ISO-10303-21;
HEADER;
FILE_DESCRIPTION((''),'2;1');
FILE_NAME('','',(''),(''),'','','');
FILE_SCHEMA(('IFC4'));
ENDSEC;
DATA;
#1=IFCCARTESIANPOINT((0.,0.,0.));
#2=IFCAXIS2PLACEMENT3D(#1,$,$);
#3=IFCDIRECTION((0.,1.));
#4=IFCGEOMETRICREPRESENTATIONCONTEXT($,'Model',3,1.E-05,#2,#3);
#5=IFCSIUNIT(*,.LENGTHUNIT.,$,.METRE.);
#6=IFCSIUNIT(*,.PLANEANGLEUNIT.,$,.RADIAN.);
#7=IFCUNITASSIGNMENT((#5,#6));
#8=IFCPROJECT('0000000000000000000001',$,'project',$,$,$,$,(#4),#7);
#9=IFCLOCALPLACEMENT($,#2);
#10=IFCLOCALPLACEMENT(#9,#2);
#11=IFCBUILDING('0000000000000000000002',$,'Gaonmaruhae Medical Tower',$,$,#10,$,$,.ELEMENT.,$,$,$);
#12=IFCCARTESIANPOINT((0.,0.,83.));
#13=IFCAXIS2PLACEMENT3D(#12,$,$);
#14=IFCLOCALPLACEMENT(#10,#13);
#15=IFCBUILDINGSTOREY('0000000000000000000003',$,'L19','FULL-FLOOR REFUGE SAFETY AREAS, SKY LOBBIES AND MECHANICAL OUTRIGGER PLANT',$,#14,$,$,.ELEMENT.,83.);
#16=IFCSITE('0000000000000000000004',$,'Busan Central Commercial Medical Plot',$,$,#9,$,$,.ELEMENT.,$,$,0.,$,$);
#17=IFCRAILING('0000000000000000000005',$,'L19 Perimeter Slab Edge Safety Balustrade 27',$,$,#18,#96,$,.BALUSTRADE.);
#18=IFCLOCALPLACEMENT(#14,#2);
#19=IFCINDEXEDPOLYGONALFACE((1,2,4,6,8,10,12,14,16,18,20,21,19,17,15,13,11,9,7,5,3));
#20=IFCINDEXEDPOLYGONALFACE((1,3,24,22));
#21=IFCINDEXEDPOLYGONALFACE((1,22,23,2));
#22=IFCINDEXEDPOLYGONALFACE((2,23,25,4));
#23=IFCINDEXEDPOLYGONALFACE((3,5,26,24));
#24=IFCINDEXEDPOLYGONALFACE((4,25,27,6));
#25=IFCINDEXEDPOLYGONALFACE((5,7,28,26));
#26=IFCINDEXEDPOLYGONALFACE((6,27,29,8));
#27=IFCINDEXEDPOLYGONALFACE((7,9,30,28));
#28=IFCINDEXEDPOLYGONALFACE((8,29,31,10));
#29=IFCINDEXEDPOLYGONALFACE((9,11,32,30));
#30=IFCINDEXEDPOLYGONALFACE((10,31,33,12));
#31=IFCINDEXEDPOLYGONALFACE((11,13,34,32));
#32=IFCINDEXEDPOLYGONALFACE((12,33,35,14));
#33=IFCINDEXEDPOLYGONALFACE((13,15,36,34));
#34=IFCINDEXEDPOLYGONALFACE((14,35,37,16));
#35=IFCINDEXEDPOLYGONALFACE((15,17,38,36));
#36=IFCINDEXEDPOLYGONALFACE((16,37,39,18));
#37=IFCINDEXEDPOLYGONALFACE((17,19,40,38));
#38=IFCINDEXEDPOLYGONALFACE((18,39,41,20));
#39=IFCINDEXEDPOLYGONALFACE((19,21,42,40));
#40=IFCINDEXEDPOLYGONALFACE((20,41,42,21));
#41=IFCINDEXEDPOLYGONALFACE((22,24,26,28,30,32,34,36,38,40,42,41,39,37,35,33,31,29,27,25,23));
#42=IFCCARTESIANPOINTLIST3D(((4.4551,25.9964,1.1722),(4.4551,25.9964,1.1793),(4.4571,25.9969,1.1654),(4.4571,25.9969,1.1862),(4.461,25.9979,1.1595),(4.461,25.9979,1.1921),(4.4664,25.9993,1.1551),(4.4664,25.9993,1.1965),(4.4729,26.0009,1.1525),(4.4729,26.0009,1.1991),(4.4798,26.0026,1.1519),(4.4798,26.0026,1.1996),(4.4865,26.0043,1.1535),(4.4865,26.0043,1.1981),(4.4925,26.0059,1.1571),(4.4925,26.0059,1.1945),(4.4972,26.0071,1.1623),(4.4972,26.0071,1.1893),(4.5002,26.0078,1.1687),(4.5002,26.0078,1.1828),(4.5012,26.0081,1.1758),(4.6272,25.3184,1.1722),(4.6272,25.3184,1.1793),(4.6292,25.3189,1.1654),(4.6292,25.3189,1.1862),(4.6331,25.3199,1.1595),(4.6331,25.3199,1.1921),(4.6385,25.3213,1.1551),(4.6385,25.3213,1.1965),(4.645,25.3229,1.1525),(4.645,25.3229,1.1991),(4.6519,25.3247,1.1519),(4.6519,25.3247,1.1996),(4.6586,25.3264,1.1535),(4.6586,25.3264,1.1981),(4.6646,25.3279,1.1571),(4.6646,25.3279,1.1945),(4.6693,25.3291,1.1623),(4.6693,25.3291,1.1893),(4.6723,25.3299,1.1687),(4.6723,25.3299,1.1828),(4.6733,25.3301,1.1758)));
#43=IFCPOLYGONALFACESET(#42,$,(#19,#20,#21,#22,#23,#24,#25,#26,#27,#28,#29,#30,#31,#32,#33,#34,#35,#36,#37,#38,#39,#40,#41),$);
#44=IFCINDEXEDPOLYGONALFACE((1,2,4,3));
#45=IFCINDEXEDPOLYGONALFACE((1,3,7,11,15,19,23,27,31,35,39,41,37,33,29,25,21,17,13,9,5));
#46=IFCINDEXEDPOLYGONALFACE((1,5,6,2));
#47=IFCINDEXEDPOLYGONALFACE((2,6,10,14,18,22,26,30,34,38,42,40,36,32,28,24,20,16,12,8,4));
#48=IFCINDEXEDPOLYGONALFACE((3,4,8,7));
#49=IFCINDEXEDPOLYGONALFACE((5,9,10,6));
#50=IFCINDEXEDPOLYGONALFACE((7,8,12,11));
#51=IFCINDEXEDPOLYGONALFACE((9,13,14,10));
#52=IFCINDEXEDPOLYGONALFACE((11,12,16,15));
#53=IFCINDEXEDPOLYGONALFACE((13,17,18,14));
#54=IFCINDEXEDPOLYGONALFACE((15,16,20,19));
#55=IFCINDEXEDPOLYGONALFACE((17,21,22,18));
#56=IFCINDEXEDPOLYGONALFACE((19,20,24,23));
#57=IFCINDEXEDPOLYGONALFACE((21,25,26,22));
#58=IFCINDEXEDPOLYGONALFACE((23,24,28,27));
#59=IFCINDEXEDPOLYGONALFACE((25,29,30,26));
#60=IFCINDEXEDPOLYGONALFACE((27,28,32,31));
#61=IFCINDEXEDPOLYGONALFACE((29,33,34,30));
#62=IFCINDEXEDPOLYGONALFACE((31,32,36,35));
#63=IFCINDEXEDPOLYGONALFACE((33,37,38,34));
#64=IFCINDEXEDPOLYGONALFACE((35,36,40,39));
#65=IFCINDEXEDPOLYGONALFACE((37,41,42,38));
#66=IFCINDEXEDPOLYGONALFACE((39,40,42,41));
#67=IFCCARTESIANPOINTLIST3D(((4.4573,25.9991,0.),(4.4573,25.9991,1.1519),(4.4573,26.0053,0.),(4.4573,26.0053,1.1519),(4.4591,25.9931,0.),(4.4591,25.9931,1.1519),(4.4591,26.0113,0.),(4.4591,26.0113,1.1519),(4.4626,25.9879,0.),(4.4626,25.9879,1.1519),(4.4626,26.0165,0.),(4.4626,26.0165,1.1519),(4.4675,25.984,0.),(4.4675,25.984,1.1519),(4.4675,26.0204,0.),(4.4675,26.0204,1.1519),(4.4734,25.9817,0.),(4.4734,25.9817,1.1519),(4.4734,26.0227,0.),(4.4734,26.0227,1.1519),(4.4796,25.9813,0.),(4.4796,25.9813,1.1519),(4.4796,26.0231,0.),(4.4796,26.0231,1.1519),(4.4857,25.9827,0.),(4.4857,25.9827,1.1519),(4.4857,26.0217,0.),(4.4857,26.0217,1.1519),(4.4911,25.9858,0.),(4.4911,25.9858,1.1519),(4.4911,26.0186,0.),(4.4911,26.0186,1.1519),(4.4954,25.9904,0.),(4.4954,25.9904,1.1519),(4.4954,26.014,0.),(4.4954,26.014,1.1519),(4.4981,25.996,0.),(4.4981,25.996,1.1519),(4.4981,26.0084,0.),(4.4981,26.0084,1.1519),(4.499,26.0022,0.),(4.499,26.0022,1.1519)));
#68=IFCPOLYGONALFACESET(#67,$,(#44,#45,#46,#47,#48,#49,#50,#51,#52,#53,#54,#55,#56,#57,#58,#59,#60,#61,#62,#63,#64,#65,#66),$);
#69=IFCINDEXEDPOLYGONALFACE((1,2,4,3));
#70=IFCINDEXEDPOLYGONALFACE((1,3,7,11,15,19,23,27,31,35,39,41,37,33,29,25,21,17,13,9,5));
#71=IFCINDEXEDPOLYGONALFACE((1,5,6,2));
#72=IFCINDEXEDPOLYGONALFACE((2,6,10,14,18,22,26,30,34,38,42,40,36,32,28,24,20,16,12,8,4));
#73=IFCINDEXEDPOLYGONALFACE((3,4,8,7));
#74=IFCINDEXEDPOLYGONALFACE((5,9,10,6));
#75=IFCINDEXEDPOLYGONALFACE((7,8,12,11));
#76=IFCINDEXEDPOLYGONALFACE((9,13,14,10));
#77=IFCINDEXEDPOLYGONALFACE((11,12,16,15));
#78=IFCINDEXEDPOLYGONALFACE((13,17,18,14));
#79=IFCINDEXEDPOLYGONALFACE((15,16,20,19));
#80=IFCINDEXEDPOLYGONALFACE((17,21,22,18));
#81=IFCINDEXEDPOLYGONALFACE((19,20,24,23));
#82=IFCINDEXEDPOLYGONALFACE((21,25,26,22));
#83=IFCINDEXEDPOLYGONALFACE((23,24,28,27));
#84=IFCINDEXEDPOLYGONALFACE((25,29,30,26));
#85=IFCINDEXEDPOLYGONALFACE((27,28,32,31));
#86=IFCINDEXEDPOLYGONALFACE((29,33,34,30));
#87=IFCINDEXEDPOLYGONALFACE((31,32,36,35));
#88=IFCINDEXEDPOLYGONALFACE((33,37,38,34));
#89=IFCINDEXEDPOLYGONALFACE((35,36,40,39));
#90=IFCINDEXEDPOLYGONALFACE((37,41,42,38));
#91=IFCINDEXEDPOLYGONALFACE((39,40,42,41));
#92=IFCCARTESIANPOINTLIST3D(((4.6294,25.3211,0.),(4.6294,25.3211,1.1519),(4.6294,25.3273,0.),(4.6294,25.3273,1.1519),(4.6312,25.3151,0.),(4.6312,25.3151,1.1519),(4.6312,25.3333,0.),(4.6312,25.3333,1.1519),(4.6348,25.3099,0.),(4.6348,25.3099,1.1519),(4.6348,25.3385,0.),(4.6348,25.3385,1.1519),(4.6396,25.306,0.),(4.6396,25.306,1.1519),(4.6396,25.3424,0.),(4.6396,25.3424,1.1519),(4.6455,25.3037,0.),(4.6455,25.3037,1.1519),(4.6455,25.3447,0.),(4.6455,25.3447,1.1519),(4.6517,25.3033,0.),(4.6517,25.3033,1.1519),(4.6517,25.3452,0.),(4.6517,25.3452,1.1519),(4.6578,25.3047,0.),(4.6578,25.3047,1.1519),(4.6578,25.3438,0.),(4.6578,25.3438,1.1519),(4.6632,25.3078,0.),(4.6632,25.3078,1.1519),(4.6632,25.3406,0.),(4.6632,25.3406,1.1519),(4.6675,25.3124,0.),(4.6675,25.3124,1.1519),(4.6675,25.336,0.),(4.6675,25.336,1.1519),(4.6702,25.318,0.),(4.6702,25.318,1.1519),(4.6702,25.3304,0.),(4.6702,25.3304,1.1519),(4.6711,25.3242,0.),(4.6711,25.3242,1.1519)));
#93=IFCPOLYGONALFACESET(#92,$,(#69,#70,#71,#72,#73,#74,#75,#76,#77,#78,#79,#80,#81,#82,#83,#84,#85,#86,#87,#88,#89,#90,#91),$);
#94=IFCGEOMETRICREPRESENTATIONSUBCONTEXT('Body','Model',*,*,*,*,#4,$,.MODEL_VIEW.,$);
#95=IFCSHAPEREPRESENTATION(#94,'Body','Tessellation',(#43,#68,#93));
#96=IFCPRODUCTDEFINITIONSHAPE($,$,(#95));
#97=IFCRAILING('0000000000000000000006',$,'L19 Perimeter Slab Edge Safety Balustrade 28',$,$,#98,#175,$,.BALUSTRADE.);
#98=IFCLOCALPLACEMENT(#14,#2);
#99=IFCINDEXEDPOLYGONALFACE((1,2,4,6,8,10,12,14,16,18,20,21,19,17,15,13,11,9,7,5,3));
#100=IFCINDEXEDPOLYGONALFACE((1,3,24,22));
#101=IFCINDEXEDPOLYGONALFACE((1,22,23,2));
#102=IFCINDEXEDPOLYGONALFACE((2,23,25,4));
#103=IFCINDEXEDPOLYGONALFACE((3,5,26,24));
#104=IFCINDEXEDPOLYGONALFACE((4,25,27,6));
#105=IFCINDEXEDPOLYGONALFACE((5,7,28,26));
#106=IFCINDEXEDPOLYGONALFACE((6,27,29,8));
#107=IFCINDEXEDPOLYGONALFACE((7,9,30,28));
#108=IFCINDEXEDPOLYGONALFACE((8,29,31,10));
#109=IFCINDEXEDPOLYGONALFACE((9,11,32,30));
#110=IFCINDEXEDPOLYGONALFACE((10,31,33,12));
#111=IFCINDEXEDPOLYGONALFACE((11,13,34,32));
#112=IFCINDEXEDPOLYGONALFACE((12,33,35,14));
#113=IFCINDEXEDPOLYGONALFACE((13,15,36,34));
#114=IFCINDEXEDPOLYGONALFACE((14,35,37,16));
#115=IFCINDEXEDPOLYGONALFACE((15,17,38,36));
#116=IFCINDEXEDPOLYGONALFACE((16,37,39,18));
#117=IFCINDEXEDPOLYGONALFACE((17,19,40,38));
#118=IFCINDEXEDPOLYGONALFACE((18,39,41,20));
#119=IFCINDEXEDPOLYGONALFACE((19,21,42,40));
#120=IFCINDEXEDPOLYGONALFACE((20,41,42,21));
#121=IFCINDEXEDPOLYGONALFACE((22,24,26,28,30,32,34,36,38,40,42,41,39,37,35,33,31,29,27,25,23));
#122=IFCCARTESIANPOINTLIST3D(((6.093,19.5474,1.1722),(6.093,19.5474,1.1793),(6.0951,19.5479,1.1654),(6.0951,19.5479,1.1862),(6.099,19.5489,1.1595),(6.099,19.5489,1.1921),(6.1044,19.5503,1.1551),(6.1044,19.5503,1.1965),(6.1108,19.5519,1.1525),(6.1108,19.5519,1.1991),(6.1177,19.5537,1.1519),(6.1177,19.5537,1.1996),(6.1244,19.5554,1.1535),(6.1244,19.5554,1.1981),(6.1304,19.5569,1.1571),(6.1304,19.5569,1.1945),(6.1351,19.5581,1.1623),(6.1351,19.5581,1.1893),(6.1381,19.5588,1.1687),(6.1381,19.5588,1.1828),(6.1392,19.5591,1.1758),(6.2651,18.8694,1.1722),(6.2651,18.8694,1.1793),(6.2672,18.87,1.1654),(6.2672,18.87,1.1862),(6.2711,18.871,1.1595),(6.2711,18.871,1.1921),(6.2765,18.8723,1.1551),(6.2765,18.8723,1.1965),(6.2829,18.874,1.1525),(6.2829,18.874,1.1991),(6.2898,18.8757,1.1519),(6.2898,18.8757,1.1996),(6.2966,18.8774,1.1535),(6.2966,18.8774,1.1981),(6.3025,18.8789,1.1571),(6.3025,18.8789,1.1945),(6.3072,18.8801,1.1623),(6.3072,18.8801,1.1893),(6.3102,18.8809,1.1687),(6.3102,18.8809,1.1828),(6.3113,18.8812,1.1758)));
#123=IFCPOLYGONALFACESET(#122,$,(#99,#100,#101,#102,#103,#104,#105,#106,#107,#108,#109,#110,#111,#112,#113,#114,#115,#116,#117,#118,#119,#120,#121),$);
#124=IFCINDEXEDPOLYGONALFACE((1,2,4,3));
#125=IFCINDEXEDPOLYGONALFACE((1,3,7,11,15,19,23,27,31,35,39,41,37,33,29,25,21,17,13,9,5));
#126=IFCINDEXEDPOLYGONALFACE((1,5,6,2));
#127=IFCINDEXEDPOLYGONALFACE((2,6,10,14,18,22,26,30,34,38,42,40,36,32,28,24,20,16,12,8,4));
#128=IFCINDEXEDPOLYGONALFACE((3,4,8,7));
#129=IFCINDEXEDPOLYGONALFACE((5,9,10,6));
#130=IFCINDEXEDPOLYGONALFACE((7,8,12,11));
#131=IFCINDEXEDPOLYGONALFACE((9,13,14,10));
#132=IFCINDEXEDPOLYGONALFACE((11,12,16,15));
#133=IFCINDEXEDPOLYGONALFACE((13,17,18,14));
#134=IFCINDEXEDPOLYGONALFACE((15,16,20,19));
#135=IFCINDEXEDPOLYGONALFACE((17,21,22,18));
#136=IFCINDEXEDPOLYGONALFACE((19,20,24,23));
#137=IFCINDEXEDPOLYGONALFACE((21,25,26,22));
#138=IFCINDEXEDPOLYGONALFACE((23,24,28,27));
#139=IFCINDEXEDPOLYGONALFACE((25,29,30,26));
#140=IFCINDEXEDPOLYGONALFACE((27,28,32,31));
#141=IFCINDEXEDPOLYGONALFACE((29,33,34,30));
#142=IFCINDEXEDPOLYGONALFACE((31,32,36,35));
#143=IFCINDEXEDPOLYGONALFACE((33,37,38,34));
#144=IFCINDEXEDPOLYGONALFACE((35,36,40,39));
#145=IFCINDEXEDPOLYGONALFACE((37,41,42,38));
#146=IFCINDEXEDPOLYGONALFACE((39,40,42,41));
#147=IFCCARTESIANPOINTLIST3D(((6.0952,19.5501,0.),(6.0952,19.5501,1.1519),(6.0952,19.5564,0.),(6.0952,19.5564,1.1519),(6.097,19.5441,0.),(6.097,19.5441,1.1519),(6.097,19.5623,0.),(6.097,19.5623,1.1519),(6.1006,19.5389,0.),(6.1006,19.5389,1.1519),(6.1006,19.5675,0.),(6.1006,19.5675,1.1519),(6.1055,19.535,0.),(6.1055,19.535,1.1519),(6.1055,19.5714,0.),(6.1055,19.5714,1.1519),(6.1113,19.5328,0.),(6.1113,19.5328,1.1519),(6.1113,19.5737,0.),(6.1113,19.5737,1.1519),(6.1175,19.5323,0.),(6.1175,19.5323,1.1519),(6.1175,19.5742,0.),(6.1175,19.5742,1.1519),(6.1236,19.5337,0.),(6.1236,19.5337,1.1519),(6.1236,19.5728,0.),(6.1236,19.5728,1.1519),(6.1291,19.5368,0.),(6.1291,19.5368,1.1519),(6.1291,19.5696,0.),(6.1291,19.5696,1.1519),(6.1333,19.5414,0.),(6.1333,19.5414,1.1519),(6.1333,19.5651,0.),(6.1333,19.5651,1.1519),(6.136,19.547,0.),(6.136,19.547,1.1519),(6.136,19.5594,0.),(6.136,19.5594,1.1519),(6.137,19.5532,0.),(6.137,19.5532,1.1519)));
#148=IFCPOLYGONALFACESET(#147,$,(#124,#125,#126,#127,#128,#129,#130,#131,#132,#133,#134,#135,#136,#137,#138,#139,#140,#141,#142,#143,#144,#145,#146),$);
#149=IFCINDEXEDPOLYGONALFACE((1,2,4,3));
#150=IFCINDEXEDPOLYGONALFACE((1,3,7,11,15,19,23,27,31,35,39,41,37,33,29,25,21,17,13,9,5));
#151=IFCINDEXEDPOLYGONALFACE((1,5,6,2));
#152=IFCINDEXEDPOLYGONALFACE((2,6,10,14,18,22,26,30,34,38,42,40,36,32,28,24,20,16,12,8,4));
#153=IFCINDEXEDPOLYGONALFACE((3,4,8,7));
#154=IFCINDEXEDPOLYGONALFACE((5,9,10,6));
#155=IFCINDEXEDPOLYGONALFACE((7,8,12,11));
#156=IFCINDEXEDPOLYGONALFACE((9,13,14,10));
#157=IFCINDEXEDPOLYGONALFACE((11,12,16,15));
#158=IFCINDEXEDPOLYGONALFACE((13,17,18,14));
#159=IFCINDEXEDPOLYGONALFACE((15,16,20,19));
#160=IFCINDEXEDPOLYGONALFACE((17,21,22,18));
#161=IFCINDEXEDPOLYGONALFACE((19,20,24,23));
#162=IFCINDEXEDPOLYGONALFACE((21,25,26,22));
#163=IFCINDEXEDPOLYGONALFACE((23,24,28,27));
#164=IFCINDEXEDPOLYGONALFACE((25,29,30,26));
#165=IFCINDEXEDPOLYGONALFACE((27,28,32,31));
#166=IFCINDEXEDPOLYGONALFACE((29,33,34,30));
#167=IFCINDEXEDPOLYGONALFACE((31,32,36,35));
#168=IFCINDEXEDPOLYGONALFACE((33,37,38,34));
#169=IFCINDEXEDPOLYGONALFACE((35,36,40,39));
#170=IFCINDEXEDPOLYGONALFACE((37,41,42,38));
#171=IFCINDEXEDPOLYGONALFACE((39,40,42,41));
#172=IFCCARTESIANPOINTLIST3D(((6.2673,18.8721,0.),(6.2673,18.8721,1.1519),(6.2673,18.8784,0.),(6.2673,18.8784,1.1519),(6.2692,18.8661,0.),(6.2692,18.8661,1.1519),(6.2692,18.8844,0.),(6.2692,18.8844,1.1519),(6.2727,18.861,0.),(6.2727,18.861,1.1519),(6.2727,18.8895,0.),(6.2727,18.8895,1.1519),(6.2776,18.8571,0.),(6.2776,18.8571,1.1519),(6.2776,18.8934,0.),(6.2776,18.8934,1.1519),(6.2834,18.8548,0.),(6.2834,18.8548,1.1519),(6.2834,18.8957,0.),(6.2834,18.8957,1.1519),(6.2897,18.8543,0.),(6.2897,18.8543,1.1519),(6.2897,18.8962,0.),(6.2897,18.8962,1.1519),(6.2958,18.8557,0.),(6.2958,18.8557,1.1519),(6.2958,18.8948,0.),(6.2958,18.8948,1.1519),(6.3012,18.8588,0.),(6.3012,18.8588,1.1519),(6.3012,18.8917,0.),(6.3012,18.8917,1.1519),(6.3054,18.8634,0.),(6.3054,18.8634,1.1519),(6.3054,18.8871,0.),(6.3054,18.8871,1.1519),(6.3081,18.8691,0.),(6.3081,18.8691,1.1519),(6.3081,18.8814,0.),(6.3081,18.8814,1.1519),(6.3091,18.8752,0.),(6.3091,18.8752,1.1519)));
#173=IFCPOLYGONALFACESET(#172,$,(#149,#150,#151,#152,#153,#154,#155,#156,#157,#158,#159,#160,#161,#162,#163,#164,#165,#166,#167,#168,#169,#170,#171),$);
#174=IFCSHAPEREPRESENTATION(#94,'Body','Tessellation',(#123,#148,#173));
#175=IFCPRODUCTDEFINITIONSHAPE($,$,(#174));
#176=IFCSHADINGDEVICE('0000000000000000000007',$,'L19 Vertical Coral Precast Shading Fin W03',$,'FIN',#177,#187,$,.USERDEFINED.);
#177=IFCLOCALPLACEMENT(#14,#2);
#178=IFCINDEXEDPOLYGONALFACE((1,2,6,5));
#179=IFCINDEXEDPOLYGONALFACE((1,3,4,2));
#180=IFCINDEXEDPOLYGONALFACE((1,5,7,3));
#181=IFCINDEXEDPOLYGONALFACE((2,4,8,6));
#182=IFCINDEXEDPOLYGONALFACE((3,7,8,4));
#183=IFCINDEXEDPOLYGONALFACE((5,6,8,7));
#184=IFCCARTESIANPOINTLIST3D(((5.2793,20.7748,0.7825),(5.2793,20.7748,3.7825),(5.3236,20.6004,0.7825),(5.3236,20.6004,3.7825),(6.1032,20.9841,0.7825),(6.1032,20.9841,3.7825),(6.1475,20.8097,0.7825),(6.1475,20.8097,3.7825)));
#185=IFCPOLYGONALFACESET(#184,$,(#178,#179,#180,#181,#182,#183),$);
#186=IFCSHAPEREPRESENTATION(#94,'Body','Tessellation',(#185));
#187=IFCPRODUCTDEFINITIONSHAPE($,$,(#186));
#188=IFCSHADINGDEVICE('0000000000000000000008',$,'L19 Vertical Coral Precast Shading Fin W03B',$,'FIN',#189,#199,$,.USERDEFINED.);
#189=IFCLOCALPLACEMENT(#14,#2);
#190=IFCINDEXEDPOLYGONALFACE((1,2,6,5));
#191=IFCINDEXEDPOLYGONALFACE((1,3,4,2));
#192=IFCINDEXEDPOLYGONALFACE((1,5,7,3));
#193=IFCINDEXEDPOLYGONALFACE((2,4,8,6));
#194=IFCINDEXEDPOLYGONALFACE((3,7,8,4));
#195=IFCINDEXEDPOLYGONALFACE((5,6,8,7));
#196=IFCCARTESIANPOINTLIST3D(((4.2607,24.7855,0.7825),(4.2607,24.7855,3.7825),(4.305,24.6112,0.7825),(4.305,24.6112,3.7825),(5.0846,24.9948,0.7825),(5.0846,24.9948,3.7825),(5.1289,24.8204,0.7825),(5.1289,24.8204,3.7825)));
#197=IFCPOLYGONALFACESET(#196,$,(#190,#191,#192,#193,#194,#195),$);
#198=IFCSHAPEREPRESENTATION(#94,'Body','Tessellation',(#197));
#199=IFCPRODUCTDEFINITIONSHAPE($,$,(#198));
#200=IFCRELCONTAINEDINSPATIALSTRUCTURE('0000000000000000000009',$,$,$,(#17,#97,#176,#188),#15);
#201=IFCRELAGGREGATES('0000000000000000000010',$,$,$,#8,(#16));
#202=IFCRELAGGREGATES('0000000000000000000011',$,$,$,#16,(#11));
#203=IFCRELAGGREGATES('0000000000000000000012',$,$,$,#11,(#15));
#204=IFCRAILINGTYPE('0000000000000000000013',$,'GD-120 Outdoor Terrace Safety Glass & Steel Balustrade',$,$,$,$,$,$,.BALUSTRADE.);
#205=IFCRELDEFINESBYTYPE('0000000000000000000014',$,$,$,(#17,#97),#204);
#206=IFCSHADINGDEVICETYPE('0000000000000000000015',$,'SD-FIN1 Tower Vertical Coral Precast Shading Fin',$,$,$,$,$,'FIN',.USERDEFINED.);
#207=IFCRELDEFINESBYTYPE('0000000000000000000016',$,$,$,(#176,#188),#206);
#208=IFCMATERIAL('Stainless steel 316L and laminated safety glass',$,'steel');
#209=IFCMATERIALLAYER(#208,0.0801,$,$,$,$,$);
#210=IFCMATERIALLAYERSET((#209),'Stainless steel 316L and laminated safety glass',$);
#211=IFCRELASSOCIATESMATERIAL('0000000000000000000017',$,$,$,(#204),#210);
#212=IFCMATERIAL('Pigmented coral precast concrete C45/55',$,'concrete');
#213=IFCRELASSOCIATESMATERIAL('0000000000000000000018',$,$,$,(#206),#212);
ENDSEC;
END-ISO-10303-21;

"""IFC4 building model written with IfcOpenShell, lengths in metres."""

from ifc_helpers import new_model, si_unit, direction, frame, origin, origin_2d, place, context, subcontext, project, spatial, rectangle, circle, extrude, material, layer, layer_set, type_object, element, save


model = new_model("IFC4")

# Units and contexts
model_context = context("Model", 3, precision=1e-05, world=origin(), true_north=direction((0.0, 1.0)))
body_context = subcontext(model_context, "Body", "Model", "MODEL_VIEW")
ifc_project = project(units=[si_unit("LENGTHUNIT", "METRE"), si_unit("PLANEANGLEUNIT", "RADIAN")], contexts=[model_context])

# Site, building, storey
site_placement = place(None, origin())
site = spatial("IfcSite", under=ifc_project, at=site_placement, Name="Busan Central Commercial Medical Plot", CompositionType="ELEMENT", RefElevation=0.0)
building_placement = place(site_placement, origin())
building = spatial("IfcBuilding", under=site, at=building_placement, Name="Gaonmaruhae Medical Tower", CompositionType="ELEMENT")
storey_placement = place(building_placement, frame((0.0, 0.0, 83.0)))
storey = spatial("IfcBuildingStorey", under=building, at=storey_placement, Name="L19", Description="FULL-FLOOR REFUGE SAFETY AREAS, SKY LOBBIES AND MECHANICAL OUTRIGGER PLANT", CompositionType="ELEMENT", Elevation=83.0)

# Railings
ifc_material_1 = material(Name="Stainless steel 316L and laminated safety glass", Category="steel")
ifc_layer_1 = layer(ifc_material_1, 0.0801)
ifc_layer_set_1 = layer_set([ifc_layer_1], Name="Stainless steel 316L and laminated safety glass")
railing_type = type_object("IfcRailingType", Name="GD-120 Outdoor Terrace Safety Glass & Steel Balustrade", PredefinedType="BALUSTRADE", material=ifc_layer_set_1)
for number, where, name in (
    (1, (4.478, 26.0022, 0.0), "L19 Perimeter Slab Edge Safety Balustrade 27"),
    (2, (6.116, 19.5532, 0.0), "L19 Perimeter Slab Edge Safety Balustrade 28"),
):
    element("IfcRailing", number, at=place(storey_placement, frame(where)), inside=storey, type_object=railing_type, Name=name, PredefinedType="BALUSTRADE", context=body_context, shape_type="SweptSolid", body=[
        extrude(circle(Radius=0.0239, at=origin_2d()), frame((0.0, 0.0, 1.1758), z_axis=(0.246065, -0.969253, 0.0), x_axis=(0.969253, 0.246065, 0.0)), (0.0, 0.0, 1.0), 0.6995),
        extrude(circle(Radius=0.021, at=origin_2d()), origin(), (0.0, 0.0, 1.0), 1.1519),
        extrude(circle(Radius=0.021, at=origin_2d()), frame((0.1721, -0.678, 0.0)), (0.0, 0.0, 1.0), 1.1519),
    ])

# Shading devices
ifc_material_2 = material(Name="Pigmented coral precast concrete C45/55", Category="concrete")
shading_device_type = type_object("IfcShadingDeviceType", Name="SD-FIN1 Tower Vertical Coral Precast Shading Fin", ElementType="FIN", PredefinedType="USERDEFINED", material=ifc_material_2)
for number, where, z_axis, x_axis, name in (
    (3, (5.7134, 20.7922, 0.7825), (0.0, 0.0, 1.0), (-0.246153, 0.969231, 0.0), "L19 Vertical Coral Precast Shading Fin W03"),
    (4, (4.6948, 24.803, 0.7825), (0.0, 0.0, 1.0), (-0.246153, 0.969231, 0.0), "L19 Vertical Coral Precast Shading Fin W03B"),
):
    element("IfcShadingDevice", number, at=place(storey_placement, frame(where, z_axis=z_axis, x_axis=x_axis)), inside=storey, type_object=shading_device_type, Name=name, ObjectType="FIN", PredefinedType="USERDEFINED", context=body_context, shape_type="SweptSolid", body=[
        extrude(rectangle(XDim=0.1799, YDim=0.8501, at=origin_2d()), origin(), (0.0, 0.0, 1.0), 3.0),
    ])

save(model, "model.ifc")
